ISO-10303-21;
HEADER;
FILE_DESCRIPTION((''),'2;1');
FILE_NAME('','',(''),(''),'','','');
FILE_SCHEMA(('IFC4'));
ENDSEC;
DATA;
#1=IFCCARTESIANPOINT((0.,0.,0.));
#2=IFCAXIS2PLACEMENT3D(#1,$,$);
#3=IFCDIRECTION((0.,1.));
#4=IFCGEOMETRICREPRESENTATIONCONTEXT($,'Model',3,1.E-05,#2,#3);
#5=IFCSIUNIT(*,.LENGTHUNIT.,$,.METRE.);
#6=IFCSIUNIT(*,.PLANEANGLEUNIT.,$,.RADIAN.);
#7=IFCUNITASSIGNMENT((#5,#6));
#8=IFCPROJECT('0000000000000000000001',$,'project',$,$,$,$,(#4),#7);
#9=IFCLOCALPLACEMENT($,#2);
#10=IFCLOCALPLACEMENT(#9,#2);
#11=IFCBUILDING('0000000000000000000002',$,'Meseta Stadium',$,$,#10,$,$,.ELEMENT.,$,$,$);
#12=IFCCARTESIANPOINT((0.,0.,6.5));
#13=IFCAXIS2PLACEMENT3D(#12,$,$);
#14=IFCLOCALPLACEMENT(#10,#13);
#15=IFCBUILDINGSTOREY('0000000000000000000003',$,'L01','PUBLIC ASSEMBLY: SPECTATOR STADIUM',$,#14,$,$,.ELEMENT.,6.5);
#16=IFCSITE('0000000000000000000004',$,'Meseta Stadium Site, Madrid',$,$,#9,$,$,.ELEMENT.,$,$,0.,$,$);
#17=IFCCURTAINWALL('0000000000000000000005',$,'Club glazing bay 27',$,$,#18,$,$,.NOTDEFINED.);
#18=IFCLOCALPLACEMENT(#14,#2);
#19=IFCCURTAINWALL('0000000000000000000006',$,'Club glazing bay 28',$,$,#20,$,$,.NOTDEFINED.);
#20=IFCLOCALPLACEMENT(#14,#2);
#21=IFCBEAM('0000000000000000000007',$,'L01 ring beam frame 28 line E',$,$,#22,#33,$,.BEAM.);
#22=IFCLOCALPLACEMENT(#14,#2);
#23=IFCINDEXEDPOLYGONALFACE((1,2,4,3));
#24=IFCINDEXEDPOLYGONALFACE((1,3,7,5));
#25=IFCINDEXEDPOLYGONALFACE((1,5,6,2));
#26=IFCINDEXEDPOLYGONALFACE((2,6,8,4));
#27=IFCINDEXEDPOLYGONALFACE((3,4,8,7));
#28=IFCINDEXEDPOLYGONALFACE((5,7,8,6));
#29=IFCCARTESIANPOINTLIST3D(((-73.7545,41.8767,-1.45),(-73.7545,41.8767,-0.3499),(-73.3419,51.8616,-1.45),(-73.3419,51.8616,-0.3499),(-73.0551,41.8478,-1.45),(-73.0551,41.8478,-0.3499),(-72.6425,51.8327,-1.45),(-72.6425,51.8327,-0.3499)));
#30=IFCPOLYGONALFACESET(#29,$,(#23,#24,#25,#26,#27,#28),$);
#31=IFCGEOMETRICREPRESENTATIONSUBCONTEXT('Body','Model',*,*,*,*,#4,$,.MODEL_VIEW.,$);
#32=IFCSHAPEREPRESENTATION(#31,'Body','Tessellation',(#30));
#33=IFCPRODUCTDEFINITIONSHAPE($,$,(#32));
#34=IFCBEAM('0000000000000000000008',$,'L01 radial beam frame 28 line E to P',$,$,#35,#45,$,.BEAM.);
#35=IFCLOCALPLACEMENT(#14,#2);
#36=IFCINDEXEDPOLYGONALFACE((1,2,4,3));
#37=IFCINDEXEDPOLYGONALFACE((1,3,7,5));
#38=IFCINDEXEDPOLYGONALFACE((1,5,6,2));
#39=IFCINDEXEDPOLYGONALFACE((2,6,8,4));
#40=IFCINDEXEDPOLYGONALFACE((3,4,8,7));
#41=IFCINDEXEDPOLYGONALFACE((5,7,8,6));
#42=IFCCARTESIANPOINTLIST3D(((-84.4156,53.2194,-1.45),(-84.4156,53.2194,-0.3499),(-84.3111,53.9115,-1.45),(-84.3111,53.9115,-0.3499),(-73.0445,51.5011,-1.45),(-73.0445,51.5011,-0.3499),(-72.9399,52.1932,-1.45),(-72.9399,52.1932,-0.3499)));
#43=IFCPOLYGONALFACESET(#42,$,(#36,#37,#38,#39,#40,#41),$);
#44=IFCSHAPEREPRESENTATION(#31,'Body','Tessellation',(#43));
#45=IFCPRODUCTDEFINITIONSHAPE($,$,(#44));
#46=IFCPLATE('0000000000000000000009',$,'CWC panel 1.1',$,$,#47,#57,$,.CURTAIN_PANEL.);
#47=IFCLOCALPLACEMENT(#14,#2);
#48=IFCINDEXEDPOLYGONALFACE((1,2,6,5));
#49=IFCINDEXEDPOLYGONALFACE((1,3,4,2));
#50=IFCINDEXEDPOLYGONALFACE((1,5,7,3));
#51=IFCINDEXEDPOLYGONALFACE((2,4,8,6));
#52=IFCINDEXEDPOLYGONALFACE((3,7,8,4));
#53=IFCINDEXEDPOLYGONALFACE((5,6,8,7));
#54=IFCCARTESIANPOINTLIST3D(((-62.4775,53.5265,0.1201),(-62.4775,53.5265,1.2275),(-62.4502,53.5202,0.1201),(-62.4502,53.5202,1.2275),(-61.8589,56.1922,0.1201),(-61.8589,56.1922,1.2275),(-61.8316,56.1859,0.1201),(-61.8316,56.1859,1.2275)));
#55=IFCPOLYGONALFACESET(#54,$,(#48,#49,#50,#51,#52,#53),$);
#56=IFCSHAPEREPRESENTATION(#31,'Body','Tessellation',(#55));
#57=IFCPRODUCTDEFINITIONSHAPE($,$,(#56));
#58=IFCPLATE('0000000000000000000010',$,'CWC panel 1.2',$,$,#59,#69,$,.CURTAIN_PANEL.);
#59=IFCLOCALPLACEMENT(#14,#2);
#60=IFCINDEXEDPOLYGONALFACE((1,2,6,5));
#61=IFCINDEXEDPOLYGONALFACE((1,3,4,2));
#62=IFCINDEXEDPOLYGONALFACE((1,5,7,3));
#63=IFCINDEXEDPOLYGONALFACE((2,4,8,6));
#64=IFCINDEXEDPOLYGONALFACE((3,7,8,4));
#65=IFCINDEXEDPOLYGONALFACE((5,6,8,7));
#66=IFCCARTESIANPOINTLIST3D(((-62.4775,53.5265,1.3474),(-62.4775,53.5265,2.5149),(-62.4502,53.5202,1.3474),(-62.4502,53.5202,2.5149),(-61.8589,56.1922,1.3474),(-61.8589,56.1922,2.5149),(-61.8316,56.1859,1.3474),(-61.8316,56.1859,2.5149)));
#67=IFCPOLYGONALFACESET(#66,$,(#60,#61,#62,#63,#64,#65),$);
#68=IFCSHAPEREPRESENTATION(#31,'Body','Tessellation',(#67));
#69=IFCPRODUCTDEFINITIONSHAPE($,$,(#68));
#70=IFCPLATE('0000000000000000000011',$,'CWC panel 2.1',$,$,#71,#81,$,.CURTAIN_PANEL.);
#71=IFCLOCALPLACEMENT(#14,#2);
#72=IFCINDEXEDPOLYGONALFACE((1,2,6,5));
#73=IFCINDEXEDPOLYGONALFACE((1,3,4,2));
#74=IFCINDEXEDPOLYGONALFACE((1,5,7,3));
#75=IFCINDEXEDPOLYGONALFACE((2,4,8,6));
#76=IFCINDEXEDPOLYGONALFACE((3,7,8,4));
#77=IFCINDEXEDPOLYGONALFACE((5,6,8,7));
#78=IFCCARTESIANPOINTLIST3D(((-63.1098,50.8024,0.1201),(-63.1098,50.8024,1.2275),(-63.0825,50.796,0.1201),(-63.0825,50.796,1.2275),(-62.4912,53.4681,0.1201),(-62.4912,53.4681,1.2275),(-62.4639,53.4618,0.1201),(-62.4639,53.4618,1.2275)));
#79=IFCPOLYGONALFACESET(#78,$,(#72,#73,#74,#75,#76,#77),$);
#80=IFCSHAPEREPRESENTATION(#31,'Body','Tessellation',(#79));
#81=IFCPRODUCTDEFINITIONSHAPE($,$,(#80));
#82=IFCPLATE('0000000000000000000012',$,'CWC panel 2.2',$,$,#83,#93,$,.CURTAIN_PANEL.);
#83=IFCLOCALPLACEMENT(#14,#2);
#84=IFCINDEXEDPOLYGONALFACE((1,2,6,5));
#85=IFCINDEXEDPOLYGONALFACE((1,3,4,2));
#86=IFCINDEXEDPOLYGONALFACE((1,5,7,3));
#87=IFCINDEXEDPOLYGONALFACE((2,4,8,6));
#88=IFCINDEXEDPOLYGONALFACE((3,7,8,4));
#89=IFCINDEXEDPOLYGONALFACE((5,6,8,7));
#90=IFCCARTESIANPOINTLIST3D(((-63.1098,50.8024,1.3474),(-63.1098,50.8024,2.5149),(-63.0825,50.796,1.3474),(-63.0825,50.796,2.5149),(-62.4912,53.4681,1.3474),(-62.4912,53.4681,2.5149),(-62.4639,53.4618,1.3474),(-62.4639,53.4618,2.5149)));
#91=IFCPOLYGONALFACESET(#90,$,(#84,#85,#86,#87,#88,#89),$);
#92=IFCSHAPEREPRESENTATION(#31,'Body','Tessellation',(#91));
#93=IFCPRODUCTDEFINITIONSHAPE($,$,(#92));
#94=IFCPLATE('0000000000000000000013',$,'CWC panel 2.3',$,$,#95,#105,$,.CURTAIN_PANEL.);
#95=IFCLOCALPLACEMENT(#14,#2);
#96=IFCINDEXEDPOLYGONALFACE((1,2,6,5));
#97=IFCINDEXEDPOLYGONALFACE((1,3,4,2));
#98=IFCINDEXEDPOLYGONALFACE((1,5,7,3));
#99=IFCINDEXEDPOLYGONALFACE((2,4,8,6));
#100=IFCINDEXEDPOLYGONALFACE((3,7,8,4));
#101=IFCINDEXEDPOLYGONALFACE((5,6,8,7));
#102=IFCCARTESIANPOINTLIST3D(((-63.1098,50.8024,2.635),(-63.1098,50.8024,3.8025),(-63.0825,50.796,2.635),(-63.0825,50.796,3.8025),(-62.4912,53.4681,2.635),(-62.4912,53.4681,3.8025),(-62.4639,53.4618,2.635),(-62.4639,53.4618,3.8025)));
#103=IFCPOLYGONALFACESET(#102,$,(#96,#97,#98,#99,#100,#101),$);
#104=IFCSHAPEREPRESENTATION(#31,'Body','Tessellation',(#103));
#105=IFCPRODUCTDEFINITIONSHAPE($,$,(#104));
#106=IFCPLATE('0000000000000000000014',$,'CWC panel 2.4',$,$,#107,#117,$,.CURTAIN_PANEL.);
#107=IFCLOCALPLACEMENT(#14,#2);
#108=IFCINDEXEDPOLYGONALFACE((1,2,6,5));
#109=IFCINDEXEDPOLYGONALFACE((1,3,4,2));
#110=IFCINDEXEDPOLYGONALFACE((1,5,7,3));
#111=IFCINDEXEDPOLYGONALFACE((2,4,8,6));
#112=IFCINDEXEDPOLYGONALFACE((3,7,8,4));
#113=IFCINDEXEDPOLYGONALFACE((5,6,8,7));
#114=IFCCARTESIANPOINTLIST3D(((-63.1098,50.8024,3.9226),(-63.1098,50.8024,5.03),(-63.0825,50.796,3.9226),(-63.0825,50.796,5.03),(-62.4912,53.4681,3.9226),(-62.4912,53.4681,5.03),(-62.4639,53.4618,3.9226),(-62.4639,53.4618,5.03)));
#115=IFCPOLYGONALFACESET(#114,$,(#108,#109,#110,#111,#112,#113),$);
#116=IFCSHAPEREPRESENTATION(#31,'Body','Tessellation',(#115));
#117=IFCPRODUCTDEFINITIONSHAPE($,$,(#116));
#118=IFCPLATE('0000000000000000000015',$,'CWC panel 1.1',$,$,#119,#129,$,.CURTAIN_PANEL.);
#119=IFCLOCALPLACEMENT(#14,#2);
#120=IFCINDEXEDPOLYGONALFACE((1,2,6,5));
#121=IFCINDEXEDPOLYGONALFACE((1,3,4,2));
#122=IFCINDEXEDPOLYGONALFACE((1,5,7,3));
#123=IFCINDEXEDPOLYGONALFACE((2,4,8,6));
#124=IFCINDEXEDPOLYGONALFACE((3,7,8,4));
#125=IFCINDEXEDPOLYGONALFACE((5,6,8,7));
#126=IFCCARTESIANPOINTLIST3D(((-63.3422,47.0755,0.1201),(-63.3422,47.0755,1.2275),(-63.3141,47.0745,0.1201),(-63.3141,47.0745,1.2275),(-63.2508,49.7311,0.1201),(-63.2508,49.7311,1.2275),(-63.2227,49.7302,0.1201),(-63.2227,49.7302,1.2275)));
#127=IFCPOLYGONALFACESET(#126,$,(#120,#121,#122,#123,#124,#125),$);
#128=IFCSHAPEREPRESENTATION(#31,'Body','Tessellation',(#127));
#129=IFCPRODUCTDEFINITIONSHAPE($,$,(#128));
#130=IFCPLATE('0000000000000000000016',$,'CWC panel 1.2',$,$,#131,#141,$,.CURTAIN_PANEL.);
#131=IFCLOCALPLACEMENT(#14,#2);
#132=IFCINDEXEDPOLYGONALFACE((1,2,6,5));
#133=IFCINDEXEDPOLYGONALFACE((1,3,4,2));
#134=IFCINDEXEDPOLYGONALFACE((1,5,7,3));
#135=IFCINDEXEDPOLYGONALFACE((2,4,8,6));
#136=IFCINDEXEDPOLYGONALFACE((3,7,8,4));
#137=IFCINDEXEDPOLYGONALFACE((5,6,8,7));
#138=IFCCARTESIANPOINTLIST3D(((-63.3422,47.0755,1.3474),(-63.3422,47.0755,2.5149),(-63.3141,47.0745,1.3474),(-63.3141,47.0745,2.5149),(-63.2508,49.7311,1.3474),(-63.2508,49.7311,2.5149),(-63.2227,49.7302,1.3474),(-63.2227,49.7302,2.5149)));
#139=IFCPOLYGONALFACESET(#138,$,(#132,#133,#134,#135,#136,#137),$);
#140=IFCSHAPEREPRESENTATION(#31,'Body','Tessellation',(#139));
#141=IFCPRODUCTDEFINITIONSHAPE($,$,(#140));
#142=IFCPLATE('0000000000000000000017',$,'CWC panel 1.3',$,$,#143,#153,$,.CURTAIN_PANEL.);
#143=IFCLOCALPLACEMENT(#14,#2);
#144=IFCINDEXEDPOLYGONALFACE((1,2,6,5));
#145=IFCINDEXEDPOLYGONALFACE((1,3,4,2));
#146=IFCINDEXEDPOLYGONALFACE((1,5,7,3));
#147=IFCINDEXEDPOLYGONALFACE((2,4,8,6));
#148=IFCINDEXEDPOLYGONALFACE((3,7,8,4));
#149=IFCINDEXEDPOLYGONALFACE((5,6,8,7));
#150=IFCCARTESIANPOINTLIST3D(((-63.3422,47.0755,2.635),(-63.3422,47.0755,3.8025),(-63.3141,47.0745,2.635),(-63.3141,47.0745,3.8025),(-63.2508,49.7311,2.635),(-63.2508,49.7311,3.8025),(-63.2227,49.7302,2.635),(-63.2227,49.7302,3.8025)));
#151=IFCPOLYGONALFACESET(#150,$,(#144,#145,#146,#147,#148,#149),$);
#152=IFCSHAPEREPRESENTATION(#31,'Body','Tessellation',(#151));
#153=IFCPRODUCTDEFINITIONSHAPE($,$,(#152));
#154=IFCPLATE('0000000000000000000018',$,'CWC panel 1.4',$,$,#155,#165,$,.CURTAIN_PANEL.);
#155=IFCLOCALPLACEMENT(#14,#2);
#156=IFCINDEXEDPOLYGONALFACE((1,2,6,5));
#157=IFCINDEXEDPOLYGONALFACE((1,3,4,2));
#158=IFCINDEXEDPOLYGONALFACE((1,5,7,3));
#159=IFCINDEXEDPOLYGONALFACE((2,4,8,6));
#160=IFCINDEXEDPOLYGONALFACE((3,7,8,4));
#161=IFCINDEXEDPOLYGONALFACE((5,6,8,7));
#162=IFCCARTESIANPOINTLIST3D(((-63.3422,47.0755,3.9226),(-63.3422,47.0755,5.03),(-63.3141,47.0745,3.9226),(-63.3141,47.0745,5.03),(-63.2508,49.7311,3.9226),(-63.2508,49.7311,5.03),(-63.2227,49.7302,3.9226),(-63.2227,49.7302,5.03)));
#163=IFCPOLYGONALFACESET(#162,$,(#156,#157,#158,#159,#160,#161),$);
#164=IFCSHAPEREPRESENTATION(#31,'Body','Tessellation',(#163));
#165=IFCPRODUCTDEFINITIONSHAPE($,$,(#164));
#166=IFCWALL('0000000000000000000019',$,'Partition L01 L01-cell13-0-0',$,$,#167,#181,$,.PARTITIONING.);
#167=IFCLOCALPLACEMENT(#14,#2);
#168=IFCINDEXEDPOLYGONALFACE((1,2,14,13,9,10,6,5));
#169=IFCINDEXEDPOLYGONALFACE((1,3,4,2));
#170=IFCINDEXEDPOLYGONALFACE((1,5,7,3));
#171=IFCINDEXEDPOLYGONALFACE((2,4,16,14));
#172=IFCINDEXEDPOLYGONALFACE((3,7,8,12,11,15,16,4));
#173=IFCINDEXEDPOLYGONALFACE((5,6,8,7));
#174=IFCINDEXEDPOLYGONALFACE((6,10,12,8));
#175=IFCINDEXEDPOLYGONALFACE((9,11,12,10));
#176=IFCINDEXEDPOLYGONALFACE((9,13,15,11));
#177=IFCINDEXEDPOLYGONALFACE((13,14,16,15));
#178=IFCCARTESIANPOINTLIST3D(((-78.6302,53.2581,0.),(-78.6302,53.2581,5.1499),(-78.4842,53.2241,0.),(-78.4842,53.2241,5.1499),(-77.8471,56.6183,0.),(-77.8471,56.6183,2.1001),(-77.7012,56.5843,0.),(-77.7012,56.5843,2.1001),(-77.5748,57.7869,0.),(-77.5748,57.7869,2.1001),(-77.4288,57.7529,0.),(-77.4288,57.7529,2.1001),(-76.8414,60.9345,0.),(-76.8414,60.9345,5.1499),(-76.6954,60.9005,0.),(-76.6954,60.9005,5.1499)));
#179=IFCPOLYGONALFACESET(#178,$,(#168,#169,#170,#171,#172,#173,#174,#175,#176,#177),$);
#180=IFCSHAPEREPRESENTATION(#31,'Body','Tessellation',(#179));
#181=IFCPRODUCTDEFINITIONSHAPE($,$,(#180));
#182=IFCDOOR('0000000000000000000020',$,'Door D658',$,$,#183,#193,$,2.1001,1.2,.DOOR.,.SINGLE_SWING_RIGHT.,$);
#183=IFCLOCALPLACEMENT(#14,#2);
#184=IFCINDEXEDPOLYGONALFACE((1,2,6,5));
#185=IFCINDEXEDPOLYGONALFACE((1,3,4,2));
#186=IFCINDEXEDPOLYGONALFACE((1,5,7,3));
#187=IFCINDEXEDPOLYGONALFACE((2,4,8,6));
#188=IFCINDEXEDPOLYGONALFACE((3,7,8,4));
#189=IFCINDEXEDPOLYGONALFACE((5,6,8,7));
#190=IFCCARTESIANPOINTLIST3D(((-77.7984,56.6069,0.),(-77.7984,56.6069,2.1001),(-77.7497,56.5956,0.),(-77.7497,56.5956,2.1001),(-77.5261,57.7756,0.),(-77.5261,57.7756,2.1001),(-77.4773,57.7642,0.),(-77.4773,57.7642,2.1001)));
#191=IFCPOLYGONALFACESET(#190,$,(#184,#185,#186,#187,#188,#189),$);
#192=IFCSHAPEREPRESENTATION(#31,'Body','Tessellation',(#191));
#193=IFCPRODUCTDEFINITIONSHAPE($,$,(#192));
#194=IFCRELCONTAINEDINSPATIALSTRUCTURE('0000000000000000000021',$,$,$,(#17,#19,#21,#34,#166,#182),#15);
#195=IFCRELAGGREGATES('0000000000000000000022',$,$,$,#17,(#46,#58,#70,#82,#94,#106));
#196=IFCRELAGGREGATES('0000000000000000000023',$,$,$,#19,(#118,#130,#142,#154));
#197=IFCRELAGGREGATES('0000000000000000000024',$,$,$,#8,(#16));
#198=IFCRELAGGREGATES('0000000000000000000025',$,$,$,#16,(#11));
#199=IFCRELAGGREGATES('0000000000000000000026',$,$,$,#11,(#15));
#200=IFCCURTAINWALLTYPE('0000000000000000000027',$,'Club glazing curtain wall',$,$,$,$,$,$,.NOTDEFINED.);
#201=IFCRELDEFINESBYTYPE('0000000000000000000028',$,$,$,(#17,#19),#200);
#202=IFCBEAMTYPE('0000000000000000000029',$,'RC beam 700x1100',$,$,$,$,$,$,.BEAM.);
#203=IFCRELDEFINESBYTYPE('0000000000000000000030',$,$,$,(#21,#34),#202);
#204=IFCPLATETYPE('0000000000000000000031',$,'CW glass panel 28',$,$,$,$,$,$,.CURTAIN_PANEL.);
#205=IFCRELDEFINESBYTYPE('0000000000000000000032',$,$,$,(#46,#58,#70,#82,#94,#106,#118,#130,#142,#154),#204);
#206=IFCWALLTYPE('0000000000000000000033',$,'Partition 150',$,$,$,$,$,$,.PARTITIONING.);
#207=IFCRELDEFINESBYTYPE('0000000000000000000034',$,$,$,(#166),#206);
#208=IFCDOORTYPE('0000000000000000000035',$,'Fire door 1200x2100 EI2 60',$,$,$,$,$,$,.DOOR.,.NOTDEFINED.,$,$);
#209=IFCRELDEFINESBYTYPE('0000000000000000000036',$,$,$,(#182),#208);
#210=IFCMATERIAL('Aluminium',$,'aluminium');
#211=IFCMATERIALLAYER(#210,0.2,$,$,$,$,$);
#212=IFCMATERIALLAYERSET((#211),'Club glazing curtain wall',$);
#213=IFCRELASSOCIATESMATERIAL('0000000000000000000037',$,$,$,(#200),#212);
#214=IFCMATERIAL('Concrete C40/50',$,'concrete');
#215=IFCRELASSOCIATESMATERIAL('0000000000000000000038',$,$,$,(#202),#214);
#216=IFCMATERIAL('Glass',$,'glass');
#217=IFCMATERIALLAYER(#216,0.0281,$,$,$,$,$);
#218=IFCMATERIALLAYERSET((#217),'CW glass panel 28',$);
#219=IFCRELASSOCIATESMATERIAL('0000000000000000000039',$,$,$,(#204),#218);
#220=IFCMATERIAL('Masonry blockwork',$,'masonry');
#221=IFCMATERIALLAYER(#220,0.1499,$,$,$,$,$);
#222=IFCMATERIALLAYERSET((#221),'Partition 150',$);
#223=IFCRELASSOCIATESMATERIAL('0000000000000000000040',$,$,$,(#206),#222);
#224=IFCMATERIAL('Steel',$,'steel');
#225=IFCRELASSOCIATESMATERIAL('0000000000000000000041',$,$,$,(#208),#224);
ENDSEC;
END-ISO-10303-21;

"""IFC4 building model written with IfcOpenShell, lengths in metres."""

from ifc_helpers import new_model, si_unit, direction, frame, frame_2d, origin, origin_2d, place, context, subcontext, project, spatial, rectangle, extrude, material, layer, layer_set, material_profile, profile_set, type_object, element, fill, aggregate, save


model = new_model("IFC4")

# Units and contexts
model_context = context("Model", 3, precision=1e-05, world=origin(), true_north=direction((0.0, 1.0)))
body_context = subcontext(model_context, "Body", "Model", "MODEL_VIEW")
ifc_project = project(units=[si_unit("LENGTHUNIT", "METRE"), si_unit("PLANEANGLEUNIT", "RADIAN")], contexts=[model_context])

# Site, building, storey
site_placement = place(None, origin())
site = spatial("IfcSite", under=ifc_project, at=site_placement, Name="Meseta Stadium Site, Madrid", CompositionType="ELEMENT", RefElevation=0.0)
building_placement = place(site_placement, origin())
building = spatial("IfcBuilding", under=site, at=building_placement, Name="Meseta Stadium", CompositionType="ELEMENT")
storey_placement = place(building_placement, frame((0.0, 0.0, 6.5)))
storey = spatial("IfcBuildingStorey", under=building, at=storey_placement, Name="L01", Description="PUBLIC ASSEMBLY: SPECTATOR STADIUM", CompositionType="ELEMENT", Elevation=6.5)

# Curtain walls
ifc_material_1 = material(Name="Aluminium", Category="aluminium")
ifc_layer_1 = layer(ifc_material_1, 0.2)
ifc_layer_set_1 = layer_set([ifc_layer_1], Name="Club glazing curtain wall")
curtain_wall_type = type_object("IfcCurtainWallType", Name="Club glazing curtain wall", PredefinedType="NOTDEFINED", material=ifc_layer_set_1)
curtain_wall_1_placement = place(storey_placement, origin())
curtain_wall_1 = element("IfcCurtainWall", 1, at=curtain_wall_1_placement, inside=storey, type_object=curtain_wall_type, Name="Club glazing bay 27", PredefinedType="NOTDEFINED")
curtain_wall_2_placement = place(storey_placement, origin())
curtain_wall_2 = element("IfcCurtainWall", 2, at=curtain_wall_2_placement, inside=storey, type_object=curtain_wall_type, Name="Club glazing bay 28", PredefinedType="NOTDEFINED")

# Beams
ifc_material_2 = material(Name="Concrete C40/50", Category="concrete")
ifc_material_profile_1 = material_profile(ifc_material_2, rectangle(XDim=0.7, YDim=1.1001, at=origin_2d()), Name="RC 700x1100")
ifc_profile_set_1 = profile_set([ifc_material_profile_1], Name="Concrete C40/50")
beam_type_1 = type_object("IfcBeamType", Name="RC beam 700x1100", PredefinedType="BEAM", material=ifc_profile_set_1)
beam_1_placement = place(storey_placement, frame((-72.9922, 51.8472, -0.8999), z_axis=(-0.041287, -0.999147, 0.0), x_axis=(0.999147, -0.041287, 0.0)))
element("IfcBeam", 3, at=beam_1_placement, inside=storey, type_object=beam_type_1, Name="L01 ring beam frame 28 line E", PredefinedType="BEAM", context=body_context, shape_type="SweptSolid", body=[
    extrude(rectangle(XDim=0.7, YDim=1.1001, at=origin_2d()), origin(), (0.0, 0.0, 1.0), 9.9934),
])
beam_2_placement = place(storey_placement, frame((-72.9922, 51.8472, -0.8999), z_axis=(-0.988775, 0.149412, 0.0), x_axis=(-0.149412, -0.988775, 0.0)))
element("IfcBeam", 4, at=beam_2_placement, inside=storey, type_object=beam_type_1, Name="L01 radial beam frame 28 line E to P", PredefinedType="BEAM", context=body_context, shape_type="SweptSolid", body=[
    extrude(rectangle(XDim=0.7, YDim=1.1001, at=origin_2d()), origin(), (0.0, 0.0, 1.0), 11.5002),
])

# Plates
ifc_material_3 = material(Name="Glass", Category="glass")
ifc_layer_2 = layer(ifc_material_3, 0.0281)
ifc_layer_set_2 = layer_set([ifc_layer_2], Name="CW glass panel 28")
plate_type = type_object("IfcPlateType", Name="CW glass panel 28", PredefinedType="CURTAIN_PANEL", material=ifc_layer_set_2)
plate_1_placement = place(storey_placement, frame((-62.1545, 54.8562, 0.1201), z_axis=(0.0, 0.0, 1.0), x_axis=(-0.226048, -0.974116, 0.0)))
plate_1 = element("IfcPlate", 5, at=plate_1_placement, type_object=plate_type, Name="CWC panel 1.1", PredefinedType="CURTAIN_PANEL", context=body_context, shape_type="SweptSolid", body=[
    extrude(rectangle(XDim=2.7366, YDim=0.0281, at=origin_2d()), origin(), (0.0, 0.0, 1.0), 1.1074),
])
plate_2_placement = place(storey_placement, frame((-62.1545, 54.8562, 1.3474), z_axis=(0.0, 0.0, 1.0), x_axis=(-0.226048, -0.974116, 0.0)))
plate_2 = element("IfcPlate", 6, at=plate_2_placement, type_object=plate_type, Name="CWC panel 1.2", PredefinedType="CURTAIN_PANEL", context=body_context, shape_type="SweptSolid", body=[
    extrude(rectangle(XDim=2.7366, YDim=0.0281, at=origin_2d()), origin(), (0.0, 0.0, 1.0), 1.1675),
])
plate_3_placement = place(storey_placement, frame((-62.7869, 52.1321, 0.1201), z_axis=(0.0, 0.0, 1.0), x_axis=(-0.226048, -0.974116, 0.0)))
plate_3 = element("IfcPlate", 7, at=plate_3_placement, type_object=plate_type, Name="CWC panel 2.1", PredefinedType="CURTAIN_PANEL", context=body_context, shape_type="SweptSolid", body=[
    extrude(rectangle(XDim=2.7366, YDim=0.0281, at=origin_2d()), origin(), (0.0, 0.0, 1.0), 1.1074),
])
plate_4_placement = place(storey_placement, frame((-62.7869, 52.1321, 1.3474), z_axis=(0.0, 0.0, 1.0), x_axis=(-0.226048, -0.974116, 0.0)))
plate_4 = element("IfcPlate", 8, at=plate_4_placement, type_object=plate_type, Name="CWC panel 2.2", PredefinedType="CURTAIN_PANEL", context=body_context, shape_type="SweptSolid", body=[
    extrude(rectangle(XDim=2.7366, YDim=0.0281, at=origin_2d()), origin(), (0.0, 0.0, 1.0), 1.1675),
])
plate_5_placement = place(storey_placement, frame((-62.7869, 52.1321, 2.635), z_axis=(0.0, 0.0, 1.0), x_axis=(-0.226048, -0.974116, 0.0)))
plate_5 = element("IfcPlate", 9, at=plate_5_placement, type_object=plate_type, Name="CWC panel 2.3", PredefinedType="CURTAIN_PANEL", context=body_context, shape_type="SweptSolid", body=[
    extrude(rectangle(XDim=2.7366, YDim=0.0281, at=origin_2d()), origin(), (0.0, 0.0, 1.0), 1.1675),
])
plate_6_placement = place(storey_placement, frame((-62.7869, 52.1321, 3.9226), z_axis=(0.0, 0.0, 1.0), x_axis=(-0.226048, -0.974116, 0.0)))
plate_6 = element("IfcPlate", 10, at=plate_6_placement, type_object=plate_type, Name="CWC panel 2.4", PredefinedType="CURTAIN_PANEL", context=body_context, shape_type="SweptSolid", body=[
    extrude(rectangle(XDim=2.7366, YDim=0.0281, at=origin_2d()), origin(), (0.0, 0.0, 1.0), 1.1074),
])
aggregate(curtain_wall_1, [plate_1, plate_2, plate_3, plate_4, plate_5, plate_6])
plate_7_placement = place(storey_placement, frame((-63.2825, 48.4028, 0.1201), z_axis=(0.0, 0.0, 1.0), x_axis=(-0.034398, -0.999408, 0.0)))
plate_7 = element("IfcPlate", 11, at=plate_7_placement, type_object=plate_type, Name="CWC panel 1.1", PredefinedType="CURTAIN_PANEL", context=body_context, shape_type="SweptSolid", body=[
    extrude(rectangle(XDim=2.6572, YDim=0.0281, at=origin_2d()), origin(), (0.0, 0.0, 1.0), 1.1074),
])
plate_8_placement = place(storey_placement, frame((-63.2825, 48.4028, 1.3474), z_axis=(0.0, 0.0, 1.0), x_axis=(-0.034398, -0.999408, 0.0)))
plate_8 = element("IfcPlate", 12, at=plate_8_placement, type_object=plate_type, Name="CWC panel 1.2", PredefinedType="CURTAIN_PANEL", context=body_context, shape_type="SweptSolid", body=[
    extrude(rectangle(XDim=2.6572, YDim=0.0281, at=origin_2d()), origin(), (0.0, 0.0, 1.0), 1.1675),
])
plate_9_placement = place(storey_placement, frame((-63.2825, 48.4028, 2.635), z_axis=(0.0, 0.0, 1.0), x_axis=(-0.034398, -0.999408, 0.0)))
plate_9 = element("IfcPlate", 13, at=plate_9_placement, type_object=plate_type, Name="CWC panel 1.3", PredefinedType="CURTAIN_PANEL", context=body_context, shape_type="SweptSolid", body=[
    extrude(rectangle(XDim=2.6572, YDim=0.0281, at=origin_2d()), origin(), (0.0, 0.0, 1.0), 1.1675),
])
plate_10_placement = place(storey_placement, frame((-63.2825, 48.4028, 3.9226), z_axis=(0.0, 0.0, 1.0), x_axis=(-0.034398, -0.999408, 0.0)))
plate_10 = element("IfcPlate", 14, at=plate_10_placement, type_object=plate_type, Name="CWC panel 1.4", PredefinedType="CURTAIN_PANEL", context=body_context, shape_type="SweptSolid", body=[
    extrude(rectangle(XDim=2.6572, YDim=0.0281, at=origin_2d()), origin(), (0.0, 0.0, 1.0), 1.1074),
])
aggregate(curtain_wall_2, [plate_7, plate_8, plate_9, plate_10])

# Wall, opening, door
ifc_material_4 = material(Name="Masonry blockwork", Category="masonry")
ifc_layer_3 = layer(ifc_material_4, 0.1499)
ifc_layer_set_3 = layer_set([ifc_layer_3], Name="Partition 150")
wall_type = type_object("IfcWallType", Name="Partition 150", PredefinedType="PARTITIONING", material=ifc_layer_set_3)
wall_1_placement = place(storey_placement, frame((-78.5571, 53.2412, 0.0), z_axis=(0.0, 0.0, 1.0), x_axis=(0.226945, 0.973908, 0.0)))
wall_1 = element("IfcWall", 15, at=wall_1_placement, inside=storey, type_object=wall_type, Name="Partition L01 L01-cell13-0-0", PredefinedType="PARTITIONING", context=body_context, shape_type="SweptSolid", body=[
    extrude(rectangle(XDim=7.8821, YDim=0.1499, at=frame_2d((3.9409, 0.0))), origin(), (0.0, 0.0, 1.0), 5.1499),
])
opening_placement = place(wall_1_placement, frame((3.45, 0.0, 0.0)))
opening = element("IfcOpeningElement", 16, at=opening_placement, cuts=wall_1, PredefinedType="OPENING", context=body_context, shape_type="SweptSolid", body=[
    extrude(rectangle(XDim=1.2, YDim=2.1001, at=frame_2d((0.6001, 1.05))), frame((0.0, 0.085, 0.0), z_axis=(0.0, -1.0, 0.0), x_axis=(1.0, 0.0, 0.0)), (0.0, 0.0, 1.0), 0.1699),
])
ifc_material_5 = material(Name="Steel", Category="steel")
door_type = type_object("IfcDoorType", Name="Fire door 1200x2100 EI2 60", OperationType="NOTDEFINED", PredefinedType="DOOR", material=ifc_material_5)
door_placement = place(opening_placement, origin())
door = element("IfcDoor", 17, at=door_placement, inside=storey, type_object=door_type, Name="Door D658", OperationType="SINGLE_SWING_RIGHT", OverallHeight=2.1001, OverallWidth=1.2, PredefinedType="DOOR", context=body_context, shape_type="SweptSolid", body=[
    extrude(rectangle(XDim=1.2, YDim=2.1001, at=frame_2d((0.6001, 1.05))), frame((0.0, 0.0249, 0.0), z_axis=(0.0, -1.0, 0.0), x_axis=(1.0, 0.0, 0.0)), (0.0, 0.0, 1.0), 0.05),
])
fill(opening, door)

save(model, "model.ifc")
